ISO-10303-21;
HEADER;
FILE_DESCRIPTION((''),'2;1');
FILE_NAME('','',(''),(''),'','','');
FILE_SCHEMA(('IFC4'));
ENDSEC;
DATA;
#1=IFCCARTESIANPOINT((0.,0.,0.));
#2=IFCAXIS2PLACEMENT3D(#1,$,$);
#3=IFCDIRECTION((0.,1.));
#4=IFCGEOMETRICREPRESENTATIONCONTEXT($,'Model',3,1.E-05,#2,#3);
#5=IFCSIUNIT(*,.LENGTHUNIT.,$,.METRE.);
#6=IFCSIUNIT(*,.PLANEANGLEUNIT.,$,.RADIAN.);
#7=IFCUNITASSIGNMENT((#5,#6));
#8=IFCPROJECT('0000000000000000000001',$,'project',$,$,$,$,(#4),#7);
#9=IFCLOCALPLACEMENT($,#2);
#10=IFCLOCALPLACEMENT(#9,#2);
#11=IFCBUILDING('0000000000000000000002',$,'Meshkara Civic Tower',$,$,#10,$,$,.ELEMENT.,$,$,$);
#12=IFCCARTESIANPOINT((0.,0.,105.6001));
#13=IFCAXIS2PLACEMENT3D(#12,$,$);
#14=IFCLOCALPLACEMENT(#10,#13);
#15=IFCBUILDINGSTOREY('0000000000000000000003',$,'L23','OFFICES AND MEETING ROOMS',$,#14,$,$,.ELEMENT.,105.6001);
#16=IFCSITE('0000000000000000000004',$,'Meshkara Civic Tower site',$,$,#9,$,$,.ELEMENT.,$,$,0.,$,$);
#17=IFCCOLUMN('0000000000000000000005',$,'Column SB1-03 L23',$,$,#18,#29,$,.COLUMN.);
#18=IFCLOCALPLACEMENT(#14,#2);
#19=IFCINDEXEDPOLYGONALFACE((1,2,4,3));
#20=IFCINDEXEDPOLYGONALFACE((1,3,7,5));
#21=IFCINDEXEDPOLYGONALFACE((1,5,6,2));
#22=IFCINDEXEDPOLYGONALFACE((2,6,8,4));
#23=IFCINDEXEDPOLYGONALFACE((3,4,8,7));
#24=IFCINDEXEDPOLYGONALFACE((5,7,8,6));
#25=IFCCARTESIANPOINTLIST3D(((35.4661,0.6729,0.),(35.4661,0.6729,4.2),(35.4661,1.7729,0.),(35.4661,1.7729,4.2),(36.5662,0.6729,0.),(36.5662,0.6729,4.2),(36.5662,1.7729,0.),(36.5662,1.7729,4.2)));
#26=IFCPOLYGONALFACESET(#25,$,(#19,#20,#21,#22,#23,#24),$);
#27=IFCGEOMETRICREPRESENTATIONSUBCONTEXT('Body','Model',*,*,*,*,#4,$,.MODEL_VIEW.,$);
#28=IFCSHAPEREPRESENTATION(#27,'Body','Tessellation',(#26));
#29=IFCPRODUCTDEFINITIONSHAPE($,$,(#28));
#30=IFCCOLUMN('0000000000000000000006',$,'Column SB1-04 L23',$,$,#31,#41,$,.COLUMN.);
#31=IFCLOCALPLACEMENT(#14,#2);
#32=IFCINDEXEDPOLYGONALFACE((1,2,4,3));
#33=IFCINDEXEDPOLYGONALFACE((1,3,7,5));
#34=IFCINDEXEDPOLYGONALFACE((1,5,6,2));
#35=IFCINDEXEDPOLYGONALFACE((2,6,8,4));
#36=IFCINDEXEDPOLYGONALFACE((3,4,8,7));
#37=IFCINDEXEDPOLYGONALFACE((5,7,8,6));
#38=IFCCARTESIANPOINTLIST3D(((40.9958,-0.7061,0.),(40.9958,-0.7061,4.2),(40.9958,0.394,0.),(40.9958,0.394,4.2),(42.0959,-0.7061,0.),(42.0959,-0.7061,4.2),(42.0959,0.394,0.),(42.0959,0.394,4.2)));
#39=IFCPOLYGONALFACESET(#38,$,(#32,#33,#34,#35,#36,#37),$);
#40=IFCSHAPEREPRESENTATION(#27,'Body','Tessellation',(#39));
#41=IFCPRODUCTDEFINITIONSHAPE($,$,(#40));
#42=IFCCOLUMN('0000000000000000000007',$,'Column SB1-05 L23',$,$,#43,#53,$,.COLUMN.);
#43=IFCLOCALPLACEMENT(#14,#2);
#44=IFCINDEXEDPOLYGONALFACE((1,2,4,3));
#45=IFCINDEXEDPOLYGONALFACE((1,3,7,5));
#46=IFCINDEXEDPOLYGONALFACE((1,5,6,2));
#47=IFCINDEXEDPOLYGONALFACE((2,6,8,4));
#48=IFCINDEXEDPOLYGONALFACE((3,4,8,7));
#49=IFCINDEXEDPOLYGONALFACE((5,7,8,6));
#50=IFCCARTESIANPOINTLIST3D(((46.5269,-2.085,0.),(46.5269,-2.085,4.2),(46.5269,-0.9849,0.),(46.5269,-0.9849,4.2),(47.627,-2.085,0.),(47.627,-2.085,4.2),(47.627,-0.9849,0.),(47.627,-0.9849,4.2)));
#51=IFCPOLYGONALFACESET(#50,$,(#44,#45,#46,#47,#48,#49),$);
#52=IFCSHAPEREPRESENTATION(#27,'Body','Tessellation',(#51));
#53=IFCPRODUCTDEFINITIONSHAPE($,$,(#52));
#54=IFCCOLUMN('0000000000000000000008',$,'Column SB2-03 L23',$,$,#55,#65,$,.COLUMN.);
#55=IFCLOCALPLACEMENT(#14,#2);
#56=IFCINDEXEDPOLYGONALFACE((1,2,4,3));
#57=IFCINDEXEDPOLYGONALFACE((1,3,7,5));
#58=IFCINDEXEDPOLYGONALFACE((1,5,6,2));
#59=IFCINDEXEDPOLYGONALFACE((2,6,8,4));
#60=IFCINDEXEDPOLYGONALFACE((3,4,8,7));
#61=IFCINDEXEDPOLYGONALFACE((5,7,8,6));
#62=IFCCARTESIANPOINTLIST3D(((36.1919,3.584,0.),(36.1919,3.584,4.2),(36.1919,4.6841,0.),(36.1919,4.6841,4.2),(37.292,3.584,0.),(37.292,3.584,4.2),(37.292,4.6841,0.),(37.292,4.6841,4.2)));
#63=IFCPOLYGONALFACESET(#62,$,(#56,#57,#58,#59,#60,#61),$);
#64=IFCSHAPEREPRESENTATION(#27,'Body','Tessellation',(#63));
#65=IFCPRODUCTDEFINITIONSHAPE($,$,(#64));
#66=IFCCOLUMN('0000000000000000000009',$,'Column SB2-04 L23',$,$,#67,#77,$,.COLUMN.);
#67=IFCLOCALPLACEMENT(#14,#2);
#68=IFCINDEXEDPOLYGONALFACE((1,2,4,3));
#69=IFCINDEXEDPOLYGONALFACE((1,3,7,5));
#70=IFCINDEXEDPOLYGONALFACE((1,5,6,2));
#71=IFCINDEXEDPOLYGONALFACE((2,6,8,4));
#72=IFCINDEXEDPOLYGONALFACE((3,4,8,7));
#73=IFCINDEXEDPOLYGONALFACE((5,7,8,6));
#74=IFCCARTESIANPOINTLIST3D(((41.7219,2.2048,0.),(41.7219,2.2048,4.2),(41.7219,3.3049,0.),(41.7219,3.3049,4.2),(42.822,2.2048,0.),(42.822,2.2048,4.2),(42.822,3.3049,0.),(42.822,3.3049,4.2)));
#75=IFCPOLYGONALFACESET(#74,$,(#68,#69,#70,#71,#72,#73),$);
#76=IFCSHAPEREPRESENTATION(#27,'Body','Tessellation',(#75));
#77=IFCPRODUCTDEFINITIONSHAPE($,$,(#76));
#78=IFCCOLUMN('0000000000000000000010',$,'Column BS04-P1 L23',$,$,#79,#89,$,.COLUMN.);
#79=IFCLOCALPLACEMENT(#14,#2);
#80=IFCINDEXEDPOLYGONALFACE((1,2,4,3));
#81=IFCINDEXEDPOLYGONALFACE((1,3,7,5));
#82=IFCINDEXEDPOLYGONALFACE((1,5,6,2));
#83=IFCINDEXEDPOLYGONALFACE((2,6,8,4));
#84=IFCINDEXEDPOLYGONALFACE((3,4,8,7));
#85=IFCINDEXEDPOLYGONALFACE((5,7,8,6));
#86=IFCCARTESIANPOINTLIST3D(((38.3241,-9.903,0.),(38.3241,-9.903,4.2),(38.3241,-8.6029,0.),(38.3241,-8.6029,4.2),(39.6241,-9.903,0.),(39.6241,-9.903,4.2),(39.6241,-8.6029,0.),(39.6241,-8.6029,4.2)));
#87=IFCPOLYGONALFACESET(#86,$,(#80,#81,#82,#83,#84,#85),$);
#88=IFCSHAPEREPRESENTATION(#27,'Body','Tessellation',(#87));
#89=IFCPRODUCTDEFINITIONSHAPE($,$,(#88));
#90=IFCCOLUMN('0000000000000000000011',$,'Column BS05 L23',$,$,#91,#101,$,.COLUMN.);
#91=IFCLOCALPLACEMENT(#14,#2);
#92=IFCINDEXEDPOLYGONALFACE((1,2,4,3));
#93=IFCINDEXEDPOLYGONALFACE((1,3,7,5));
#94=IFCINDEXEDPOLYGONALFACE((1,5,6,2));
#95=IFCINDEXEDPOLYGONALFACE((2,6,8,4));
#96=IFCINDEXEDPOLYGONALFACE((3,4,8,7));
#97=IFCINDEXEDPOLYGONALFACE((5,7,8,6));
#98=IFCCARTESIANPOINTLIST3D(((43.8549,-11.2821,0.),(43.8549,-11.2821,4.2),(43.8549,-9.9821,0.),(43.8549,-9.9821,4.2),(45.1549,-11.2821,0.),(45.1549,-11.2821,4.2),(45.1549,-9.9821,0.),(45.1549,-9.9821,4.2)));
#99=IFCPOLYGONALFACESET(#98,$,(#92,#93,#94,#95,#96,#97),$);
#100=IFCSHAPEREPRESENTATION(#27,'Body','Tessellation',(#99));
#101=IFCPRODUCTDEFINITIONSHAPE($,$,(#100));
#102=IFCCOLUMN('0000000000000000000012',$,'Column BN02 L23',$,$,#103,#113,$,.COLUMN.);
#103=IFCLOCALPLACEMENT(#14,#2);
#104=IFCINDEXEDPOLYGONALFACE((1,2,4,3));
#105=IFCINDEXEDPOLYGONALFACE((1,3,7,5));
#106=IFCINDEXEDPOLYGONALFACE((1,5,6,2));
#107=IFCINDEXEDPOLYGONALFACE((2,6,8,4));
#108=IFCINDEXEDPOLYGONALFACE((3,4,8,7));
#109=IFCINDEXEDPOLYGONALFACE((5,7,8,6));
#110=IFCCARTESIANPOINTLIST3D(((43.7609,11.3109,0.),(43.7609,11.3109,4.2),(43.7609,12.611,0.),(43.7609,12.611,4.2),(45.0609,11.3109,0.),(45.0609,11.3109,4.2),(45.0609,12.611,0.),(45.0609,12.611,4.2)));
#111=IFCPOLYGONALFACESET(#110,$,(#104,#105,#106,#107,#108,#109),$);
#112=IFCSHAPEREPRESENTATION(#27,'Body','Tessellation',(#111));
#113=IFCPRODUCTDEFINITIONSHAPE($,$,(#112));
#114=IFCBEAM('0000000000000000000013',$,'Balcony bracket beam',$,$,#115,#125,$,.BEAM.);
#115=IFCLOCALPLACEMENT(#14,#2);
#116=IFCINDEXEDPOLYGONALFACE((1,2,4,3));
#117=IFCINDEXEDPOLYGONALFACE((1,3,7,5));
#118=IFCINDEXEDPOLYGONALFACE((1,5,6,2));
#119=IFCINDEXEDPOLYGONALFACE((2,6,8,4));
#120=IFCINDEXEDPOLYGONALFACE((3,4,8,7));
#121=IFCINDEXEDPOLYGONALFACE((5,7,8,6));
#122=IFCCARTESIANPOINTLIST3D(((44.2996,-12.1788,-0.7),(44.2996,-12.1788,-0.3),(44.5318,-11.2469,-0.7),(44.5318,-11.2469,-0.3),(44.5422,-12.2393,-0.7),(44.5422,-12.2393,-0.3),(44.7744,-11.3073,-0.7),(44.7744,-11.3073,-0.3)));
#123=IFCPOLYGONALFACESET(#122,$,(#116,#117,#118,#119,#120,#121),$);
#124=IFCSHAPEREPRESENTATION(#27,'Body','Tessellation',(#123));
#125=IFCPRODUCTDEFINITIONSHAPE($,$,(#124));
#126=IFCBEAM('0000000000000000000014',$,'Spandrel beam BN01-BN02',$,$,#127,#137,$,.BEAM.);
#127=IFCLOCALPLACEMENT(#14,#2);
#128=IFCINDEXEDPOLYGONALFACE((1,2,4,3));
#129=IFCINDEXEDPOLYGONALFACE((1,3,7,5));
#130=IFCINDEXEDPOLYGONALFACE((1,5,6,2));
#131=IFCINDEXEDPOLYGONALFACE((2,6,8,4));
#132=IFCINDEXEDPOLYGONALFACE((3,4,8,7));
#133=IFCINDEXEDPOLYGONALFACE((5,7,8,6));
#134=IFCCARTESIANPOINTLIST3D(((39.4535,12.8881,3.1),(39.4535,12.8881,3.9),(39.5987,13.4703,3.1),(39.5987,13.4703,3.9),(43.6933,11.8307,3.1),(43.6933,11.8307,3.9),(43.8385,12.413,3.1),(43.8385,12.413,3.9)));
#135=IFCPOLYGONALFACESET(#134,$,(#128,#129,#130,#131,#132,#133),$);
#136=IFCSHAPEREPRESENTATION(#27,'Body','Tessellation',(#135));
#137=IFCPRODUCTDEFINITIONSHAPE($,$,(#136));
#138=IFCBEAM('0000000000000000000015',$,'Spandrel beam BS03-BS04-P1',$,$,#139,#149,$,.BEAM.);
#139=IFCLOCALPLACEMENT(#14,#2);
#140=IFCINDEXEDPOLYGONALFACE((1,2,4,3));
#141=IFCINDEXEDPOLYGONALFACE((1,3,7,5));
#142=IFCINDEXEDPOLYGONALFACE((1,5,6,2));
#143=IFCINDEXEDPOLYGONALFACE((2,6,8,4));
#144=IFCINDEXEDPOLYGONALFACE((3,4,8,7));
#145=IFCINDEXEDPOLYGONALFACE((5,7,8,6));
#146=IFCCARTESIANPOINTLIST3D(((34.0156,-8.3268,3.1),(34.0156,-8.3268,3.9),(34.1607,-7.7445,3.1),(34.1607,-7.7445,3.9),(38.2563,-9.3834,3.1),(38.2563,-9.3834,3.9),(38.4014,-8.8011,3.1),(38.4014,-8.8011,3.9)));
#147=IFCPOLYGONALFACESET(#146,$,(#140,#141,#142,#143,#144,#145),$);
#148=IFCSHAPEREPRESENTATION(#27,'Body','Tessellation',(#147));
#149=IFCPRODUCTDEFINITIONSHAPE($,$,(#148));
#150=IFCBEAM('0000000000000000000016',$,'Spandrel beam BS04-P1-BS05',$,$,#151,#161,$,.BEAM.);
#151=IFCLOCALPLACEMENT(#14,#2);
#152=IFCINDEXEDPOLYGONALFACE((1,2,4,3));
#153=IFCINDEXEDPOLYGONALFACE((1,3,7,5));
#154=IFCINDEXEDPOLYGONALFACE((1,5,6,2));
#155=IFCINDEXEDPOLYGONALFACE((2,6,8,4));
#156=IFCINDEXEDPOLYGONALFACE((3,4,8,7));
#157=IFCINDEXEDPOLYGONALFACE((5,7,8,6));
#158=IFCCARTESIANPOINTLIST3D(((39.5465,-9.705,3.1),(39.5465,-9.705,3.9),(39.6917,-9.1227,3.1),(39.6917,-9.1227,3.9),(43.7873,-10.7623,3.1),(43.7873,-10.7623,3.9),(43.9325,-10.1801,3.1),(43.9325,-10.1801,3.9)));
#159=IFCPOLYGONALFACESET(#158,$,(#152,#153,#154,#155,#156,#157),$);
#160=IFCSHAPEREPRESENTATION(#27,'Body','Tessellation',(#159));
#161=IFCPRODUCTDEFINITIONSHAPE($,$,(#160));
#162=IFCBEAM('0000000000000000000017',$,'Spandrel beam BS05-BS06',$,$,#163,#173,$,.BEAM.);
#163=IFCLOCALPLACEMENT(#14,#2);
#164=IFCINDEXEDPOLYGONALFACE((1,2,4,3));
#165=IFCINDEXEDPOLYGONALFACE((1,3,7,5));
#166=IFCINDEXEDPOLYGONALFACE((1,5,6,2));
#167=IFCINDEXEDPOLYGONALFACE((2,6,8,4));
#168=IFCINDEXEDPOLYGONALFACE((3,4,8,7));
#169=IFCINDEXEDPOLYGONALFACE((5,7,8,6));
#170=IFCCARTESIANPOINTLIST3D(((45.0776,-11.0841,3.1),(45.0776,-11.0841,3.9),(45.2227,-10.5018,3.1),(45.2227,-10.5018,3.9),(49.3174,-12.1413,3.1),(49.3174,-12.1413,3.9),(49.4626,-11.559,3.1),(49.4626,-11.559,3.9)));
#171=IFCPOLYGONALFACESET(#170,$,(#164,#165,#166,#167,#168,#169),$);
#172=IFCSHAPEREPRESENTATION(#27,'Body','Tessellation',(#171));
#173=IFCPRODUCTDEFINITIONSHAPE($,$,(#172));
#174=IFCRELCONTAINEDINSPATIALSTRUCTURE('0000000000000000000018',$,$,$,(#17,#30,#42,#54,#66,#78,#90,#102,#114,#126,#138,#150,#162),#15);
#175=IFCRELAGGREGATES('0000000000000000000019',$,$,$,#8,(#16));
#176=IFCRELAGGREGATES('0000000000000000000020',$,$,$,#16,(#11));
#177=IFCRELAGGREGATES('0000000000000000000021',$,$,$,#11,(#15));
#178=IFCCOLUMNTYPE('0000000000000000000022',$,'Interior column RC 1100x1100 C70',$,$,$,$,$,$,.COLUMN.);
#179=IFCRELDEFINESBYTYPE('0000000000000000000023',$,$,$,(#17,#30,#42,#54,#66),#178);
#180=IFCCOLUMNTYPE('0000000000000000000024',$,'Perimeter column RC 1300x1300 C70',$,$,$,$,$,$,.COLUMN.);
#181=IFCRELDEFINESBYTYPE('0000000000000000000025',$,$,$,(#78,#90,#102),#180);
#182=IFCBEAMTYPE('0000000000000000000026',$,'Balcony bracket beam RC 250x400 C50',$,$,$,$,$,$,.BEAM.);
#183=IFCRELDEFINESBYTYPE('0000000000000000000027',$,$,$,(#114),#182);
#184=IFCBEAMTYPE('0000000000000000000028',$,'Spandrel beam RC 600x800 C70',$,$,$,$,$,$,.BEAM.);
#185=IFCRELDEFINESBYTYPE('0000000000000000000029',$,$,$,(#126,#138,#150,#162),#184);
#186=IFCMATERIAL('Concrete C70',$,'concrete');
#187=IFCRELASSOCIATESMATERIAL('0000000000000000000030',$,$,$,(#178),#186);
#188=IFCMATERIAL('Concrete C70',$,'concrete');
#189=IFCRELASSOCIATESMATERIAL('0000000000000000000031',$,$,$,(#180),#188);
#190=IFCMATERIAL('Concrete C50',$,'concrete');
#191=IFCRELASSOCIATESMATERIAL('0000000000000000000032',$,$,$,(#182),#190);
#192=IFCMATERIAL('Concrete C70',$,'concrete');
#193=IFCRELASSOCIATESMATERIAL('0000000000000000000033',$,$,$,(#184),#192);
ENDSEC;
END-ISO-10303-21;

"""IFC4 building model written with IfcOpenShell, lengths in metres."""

from ifc_helpers import new_model, si_unit, direction, frame, origin, origin_2d, place, context, subcontext, project, spatial, rectangle, extrude, material, material_profile, profile_set, type_object, element, save


model = new_model("IFC4")

# Units and contexts
model_context = context("Model", 3, precision=1e-05, world=origin(), true_north=direction((0.0, 1.0)))
body_context = subcontext(model_context, "Body", "Model", "MODEL_VIEW")
ifc_project = project(units=[si_unit("LENGTHUNIT", "METRE"), si_unit("PLANEANGLEUNIT", "RADIAN")], contexts=[model_context])

# Site, building, storey
site_placement = place(None, origin())
site = spatial("IfcSite", under=ifc_project, at=site_placement, Name="Meshkara Civic Tower site", CompositionType="ELEMENT", RefElevation=0.0)
building_placement = place(site_placement, origin())
building = spatial("IfcBuilding", under=site, at=building_placement, Name="Meshkara Civic Tower", CompositionType="ELEMENT")
storey_placement = place(building_placement, frame((0.0, 0.0, 105.6001)))
storey = spatial("IfcBuildingStorey", under=building, at=storey_placement, Name="L23", Description="OFFICES AND MEETING ROOMS", CompositionType="ELEMENT", Elevation=105.6001)

# Columns
ifc_material_1 = material(Name="Concrete C70", Category="concrete")
ifc_material_profile_1 = material_profile(ifc_material_1, rectangle(XDim=1.1001, YDim=1.1001, at=origin_2d()))
ifc_profile_set_1 = profile_set([ifc_material_profile_1], Name="Concrete C70")
column_type_1 = type_object("IfcColumnType", Name="Interior column RC 1100x1100 C70", PredefinedType="COLUMN", material=ifc_profile_set_1)
for number, where, z_axis, x_axis, name in (
    (1, (36.0161, 1.2229, 0.0), (0.0, 0.0, 1.0), (1.0, 0.0, 0.0), "Column SB1-03 L23"),
    (2, (41.5459, -0.156, 0.0), (0.0, 0.0, 1.0), (1.0, 0.0, 0.0), "Column SB1-04 L23"),
    (3, (47.0769, -1.5349, 0.0), (0.0, 0.0, 1.0), (1.0, 0.0, 0.0), "Column SB1-05 L23"),
    (4, (36.7419, 4.134, 0.0), (0.0, 0.0, 1.0), (1.0, 0.0, 0.0), "Column SB2-03 L23"),
    (5, (42.272, 2.7549, 0.0), (0.0, 0.0, 1.0), (1.0, 0.0, 0.0), "Column SB2-04 L23"),
):
    element("IfcColumn", number, at=place(storey_placement, frame(where, z_axis=z_axis, x_axis=x_axis)), inside=storey, type_object=column_type_1, Name=name, PredefinedType="COLUMN", context=body_context, shape_type="SweptSolid", body=[
        extrude(rectangle(XDim=1.1001, YDim=1.1001, at=origin_2d()), origin(), (0.0, 0.0, 1.0), 4.2),
    ])
ifc_material_2 = material(Name="Concrete C70", Category="concrete")
ifc_material_profile_2 = material_profile(ifc_material_2, rectangle(XDim=1.3, YDim=1.3, at=origin_2d()))
ifc_profile_set_2 = profile_set([ifc_material_profile_2], Name="Concrete C70")
column_type_2 = type_object("IfcColumnType", Name="Perimeter column RC 1300x1300 C70", PredefinedType="COLUMN", material=ifc_profile_set_2)
for number, where, z_axis, x_axis, name in (
    (6, (38.9741, -9.2529, 0.0), (0.0, 0.0, 1.0), (1.0, 0.0, 0.0), "Column BS04-P1 L23"),
    (7, (44.5049, -10.6321, 0.0), (0.0, 0.0, 1.0), (1.0, 0.0, 0.0), "Column BS05 L23"),
    (8, (44.4109, 11.9609, 0.0), (0.0, 0.0, 1.0), (1.0, 0.0, 0.0), "Column BN02 L23"),
):
    element("IfcColumn", number, at=place(storey_placement, frame(where, z_axis=z_axis, x_axis=x_axis)), inside=storey, type_object=column_type_2, Name=name, PredefinedType="COLUMN", context=body_context, shape_type="SweptSolid", body=[
        extrude(rectangle(XDim=1.3, YDim=1.3, at=origin_2d()), origin(), (0.0, 0.0, 1.0), 4.2),
    ])

# Beams
ifc_material_3 = material(Name="Concrete C50", Category="concrete")
ifc_material_profile_3 = material_profile(ifc_material_3, rectangle(XDim=0.25, YDim=0.3999, at=origin_2d()))
ifc_profile_set_3 = profile_set([ifc_material_profile_3], Name="Concrete C50")
beam_type_1 = type_object("IfcBeamType", Name="Balcony bracket beam RC 250x400 C50", PredefinedType="BEAM", material=ifc_profile_set_3)
beam_1_placement = place(storey_placement, frame((44.6531, -11.2771, -0.5), z_axis=(-0.241758, -0.970337, 0.0), x_axis=(0.970337, -0.241758, 0.0)))
element("IfcBeam", 9, at=beam_1_placement, inside=storey, type_object=beam_type_1, Name="Balcony bracket beam", PredefinedType="BEAM", context=body_context, shape_type="SweptSolid", body=[
    extrude(rectangle(XDim=0.25, YDim=0.3999, at=origin_2d()), origin(), (0.0, 0.0, 1.0), 0.9604),
])
ifc_material_4 = material(Name="Concrete C70", Category="concrete")
ifc_material_profile_4 = material_profile(ifc_material_4, rectangle(XDim=0.6001, YDim=0.8, at=origin_2d()))
ifc_profile_set_4 = profile_set([ifc_material_profile_4], Name="Concrete C70")
beam_type_2 = type_object("IfcBeamType", Name="Spandrel beam RC 600x800 C70", PredefinedType="BEAM", material=ifc_profile_set_4)
beam_2_placement = place(storey_placement, frame((43.7659, 12.1218, 3.5), z_axis=(-0.97028, 0.241983, 0.0), x_axis=(-0.241983, -0.97028, 0.0)))
element("IfcBeam", 10, at=beam_2_placement, inside=storey, type_object=beam_type_2, Name="Spandrel beam BN01-BN02", PredefinedType="BEAM", context=body_context, shape_type="SweptSolid", body=[
    extrude(rectangle(XDim=0.6001, YDim=0.8, at=origin_2d()), origin(), (0.0, 0.0, 1.0), 4.3696),
])
beam_3_placement = place(storey_placement, frame((34.0881, -8.0356, 3.5), z_axis=(0.970333, -0.241773, 0.0), x_axis=(0.241773, 0.970333, 0.0)))
element("IfcBeam", 11, at=beam_3_placement, inside=storey, type_object=beam_type_2, Name="Spandrel beam BS03-BS04-P1", PredefinedType="BEAM", context=body_context, shape_type="SweptSolid", body=[
    extrude(rectangle(XDim=0.6001, YDim=0.8, at=origin_2d()), origin(), (0.0, 0.0, 1.0), 4.3704),
])
beam_4_placement = place(storey_placement, frame((39.6191, -9.4138, 3.5), z_axis=(0.970293, -0.241931, 0.0), x_axis=(0.241931, 0.970293, 0.0)))
element("IfcBeam", 12, at=beam_4_placement, inside=storey, type_object=beam_type_2, Name="Spandrel beam BS04-P1-BS05", PredefinedType="BEAM", context=body_context, shape_type="SweptSolid", body=[
    extrude(rectangle(XDim=0.6001, YDim=0.8, at=origin_2d()), origin(), (0.0, 0.0, 1.0), 4.3706),
])
beam_5_placement = place(storey_placement, frame((45.1501, -10.793, 3.5), z_axis=(0.970293, -0.241931, 0.0), x_axis=(0.241931, 0.970293, 0.0)))
element("IfcBeam", 13, at=beam_5_placement, inside=storey, type_object=beam_type_2, Name="Spandrel beam BS05-BS06", PredefinedType="BEAM", context=body_context, shape_type="SweptSolid", body=[
    extrude(rectangle(XDim=0.6001, YDim=0.8, at=origin_2d()), origin(), (0.0, 0.0, 1.0), 4.3696),
])

save(model, "model.ifc")
